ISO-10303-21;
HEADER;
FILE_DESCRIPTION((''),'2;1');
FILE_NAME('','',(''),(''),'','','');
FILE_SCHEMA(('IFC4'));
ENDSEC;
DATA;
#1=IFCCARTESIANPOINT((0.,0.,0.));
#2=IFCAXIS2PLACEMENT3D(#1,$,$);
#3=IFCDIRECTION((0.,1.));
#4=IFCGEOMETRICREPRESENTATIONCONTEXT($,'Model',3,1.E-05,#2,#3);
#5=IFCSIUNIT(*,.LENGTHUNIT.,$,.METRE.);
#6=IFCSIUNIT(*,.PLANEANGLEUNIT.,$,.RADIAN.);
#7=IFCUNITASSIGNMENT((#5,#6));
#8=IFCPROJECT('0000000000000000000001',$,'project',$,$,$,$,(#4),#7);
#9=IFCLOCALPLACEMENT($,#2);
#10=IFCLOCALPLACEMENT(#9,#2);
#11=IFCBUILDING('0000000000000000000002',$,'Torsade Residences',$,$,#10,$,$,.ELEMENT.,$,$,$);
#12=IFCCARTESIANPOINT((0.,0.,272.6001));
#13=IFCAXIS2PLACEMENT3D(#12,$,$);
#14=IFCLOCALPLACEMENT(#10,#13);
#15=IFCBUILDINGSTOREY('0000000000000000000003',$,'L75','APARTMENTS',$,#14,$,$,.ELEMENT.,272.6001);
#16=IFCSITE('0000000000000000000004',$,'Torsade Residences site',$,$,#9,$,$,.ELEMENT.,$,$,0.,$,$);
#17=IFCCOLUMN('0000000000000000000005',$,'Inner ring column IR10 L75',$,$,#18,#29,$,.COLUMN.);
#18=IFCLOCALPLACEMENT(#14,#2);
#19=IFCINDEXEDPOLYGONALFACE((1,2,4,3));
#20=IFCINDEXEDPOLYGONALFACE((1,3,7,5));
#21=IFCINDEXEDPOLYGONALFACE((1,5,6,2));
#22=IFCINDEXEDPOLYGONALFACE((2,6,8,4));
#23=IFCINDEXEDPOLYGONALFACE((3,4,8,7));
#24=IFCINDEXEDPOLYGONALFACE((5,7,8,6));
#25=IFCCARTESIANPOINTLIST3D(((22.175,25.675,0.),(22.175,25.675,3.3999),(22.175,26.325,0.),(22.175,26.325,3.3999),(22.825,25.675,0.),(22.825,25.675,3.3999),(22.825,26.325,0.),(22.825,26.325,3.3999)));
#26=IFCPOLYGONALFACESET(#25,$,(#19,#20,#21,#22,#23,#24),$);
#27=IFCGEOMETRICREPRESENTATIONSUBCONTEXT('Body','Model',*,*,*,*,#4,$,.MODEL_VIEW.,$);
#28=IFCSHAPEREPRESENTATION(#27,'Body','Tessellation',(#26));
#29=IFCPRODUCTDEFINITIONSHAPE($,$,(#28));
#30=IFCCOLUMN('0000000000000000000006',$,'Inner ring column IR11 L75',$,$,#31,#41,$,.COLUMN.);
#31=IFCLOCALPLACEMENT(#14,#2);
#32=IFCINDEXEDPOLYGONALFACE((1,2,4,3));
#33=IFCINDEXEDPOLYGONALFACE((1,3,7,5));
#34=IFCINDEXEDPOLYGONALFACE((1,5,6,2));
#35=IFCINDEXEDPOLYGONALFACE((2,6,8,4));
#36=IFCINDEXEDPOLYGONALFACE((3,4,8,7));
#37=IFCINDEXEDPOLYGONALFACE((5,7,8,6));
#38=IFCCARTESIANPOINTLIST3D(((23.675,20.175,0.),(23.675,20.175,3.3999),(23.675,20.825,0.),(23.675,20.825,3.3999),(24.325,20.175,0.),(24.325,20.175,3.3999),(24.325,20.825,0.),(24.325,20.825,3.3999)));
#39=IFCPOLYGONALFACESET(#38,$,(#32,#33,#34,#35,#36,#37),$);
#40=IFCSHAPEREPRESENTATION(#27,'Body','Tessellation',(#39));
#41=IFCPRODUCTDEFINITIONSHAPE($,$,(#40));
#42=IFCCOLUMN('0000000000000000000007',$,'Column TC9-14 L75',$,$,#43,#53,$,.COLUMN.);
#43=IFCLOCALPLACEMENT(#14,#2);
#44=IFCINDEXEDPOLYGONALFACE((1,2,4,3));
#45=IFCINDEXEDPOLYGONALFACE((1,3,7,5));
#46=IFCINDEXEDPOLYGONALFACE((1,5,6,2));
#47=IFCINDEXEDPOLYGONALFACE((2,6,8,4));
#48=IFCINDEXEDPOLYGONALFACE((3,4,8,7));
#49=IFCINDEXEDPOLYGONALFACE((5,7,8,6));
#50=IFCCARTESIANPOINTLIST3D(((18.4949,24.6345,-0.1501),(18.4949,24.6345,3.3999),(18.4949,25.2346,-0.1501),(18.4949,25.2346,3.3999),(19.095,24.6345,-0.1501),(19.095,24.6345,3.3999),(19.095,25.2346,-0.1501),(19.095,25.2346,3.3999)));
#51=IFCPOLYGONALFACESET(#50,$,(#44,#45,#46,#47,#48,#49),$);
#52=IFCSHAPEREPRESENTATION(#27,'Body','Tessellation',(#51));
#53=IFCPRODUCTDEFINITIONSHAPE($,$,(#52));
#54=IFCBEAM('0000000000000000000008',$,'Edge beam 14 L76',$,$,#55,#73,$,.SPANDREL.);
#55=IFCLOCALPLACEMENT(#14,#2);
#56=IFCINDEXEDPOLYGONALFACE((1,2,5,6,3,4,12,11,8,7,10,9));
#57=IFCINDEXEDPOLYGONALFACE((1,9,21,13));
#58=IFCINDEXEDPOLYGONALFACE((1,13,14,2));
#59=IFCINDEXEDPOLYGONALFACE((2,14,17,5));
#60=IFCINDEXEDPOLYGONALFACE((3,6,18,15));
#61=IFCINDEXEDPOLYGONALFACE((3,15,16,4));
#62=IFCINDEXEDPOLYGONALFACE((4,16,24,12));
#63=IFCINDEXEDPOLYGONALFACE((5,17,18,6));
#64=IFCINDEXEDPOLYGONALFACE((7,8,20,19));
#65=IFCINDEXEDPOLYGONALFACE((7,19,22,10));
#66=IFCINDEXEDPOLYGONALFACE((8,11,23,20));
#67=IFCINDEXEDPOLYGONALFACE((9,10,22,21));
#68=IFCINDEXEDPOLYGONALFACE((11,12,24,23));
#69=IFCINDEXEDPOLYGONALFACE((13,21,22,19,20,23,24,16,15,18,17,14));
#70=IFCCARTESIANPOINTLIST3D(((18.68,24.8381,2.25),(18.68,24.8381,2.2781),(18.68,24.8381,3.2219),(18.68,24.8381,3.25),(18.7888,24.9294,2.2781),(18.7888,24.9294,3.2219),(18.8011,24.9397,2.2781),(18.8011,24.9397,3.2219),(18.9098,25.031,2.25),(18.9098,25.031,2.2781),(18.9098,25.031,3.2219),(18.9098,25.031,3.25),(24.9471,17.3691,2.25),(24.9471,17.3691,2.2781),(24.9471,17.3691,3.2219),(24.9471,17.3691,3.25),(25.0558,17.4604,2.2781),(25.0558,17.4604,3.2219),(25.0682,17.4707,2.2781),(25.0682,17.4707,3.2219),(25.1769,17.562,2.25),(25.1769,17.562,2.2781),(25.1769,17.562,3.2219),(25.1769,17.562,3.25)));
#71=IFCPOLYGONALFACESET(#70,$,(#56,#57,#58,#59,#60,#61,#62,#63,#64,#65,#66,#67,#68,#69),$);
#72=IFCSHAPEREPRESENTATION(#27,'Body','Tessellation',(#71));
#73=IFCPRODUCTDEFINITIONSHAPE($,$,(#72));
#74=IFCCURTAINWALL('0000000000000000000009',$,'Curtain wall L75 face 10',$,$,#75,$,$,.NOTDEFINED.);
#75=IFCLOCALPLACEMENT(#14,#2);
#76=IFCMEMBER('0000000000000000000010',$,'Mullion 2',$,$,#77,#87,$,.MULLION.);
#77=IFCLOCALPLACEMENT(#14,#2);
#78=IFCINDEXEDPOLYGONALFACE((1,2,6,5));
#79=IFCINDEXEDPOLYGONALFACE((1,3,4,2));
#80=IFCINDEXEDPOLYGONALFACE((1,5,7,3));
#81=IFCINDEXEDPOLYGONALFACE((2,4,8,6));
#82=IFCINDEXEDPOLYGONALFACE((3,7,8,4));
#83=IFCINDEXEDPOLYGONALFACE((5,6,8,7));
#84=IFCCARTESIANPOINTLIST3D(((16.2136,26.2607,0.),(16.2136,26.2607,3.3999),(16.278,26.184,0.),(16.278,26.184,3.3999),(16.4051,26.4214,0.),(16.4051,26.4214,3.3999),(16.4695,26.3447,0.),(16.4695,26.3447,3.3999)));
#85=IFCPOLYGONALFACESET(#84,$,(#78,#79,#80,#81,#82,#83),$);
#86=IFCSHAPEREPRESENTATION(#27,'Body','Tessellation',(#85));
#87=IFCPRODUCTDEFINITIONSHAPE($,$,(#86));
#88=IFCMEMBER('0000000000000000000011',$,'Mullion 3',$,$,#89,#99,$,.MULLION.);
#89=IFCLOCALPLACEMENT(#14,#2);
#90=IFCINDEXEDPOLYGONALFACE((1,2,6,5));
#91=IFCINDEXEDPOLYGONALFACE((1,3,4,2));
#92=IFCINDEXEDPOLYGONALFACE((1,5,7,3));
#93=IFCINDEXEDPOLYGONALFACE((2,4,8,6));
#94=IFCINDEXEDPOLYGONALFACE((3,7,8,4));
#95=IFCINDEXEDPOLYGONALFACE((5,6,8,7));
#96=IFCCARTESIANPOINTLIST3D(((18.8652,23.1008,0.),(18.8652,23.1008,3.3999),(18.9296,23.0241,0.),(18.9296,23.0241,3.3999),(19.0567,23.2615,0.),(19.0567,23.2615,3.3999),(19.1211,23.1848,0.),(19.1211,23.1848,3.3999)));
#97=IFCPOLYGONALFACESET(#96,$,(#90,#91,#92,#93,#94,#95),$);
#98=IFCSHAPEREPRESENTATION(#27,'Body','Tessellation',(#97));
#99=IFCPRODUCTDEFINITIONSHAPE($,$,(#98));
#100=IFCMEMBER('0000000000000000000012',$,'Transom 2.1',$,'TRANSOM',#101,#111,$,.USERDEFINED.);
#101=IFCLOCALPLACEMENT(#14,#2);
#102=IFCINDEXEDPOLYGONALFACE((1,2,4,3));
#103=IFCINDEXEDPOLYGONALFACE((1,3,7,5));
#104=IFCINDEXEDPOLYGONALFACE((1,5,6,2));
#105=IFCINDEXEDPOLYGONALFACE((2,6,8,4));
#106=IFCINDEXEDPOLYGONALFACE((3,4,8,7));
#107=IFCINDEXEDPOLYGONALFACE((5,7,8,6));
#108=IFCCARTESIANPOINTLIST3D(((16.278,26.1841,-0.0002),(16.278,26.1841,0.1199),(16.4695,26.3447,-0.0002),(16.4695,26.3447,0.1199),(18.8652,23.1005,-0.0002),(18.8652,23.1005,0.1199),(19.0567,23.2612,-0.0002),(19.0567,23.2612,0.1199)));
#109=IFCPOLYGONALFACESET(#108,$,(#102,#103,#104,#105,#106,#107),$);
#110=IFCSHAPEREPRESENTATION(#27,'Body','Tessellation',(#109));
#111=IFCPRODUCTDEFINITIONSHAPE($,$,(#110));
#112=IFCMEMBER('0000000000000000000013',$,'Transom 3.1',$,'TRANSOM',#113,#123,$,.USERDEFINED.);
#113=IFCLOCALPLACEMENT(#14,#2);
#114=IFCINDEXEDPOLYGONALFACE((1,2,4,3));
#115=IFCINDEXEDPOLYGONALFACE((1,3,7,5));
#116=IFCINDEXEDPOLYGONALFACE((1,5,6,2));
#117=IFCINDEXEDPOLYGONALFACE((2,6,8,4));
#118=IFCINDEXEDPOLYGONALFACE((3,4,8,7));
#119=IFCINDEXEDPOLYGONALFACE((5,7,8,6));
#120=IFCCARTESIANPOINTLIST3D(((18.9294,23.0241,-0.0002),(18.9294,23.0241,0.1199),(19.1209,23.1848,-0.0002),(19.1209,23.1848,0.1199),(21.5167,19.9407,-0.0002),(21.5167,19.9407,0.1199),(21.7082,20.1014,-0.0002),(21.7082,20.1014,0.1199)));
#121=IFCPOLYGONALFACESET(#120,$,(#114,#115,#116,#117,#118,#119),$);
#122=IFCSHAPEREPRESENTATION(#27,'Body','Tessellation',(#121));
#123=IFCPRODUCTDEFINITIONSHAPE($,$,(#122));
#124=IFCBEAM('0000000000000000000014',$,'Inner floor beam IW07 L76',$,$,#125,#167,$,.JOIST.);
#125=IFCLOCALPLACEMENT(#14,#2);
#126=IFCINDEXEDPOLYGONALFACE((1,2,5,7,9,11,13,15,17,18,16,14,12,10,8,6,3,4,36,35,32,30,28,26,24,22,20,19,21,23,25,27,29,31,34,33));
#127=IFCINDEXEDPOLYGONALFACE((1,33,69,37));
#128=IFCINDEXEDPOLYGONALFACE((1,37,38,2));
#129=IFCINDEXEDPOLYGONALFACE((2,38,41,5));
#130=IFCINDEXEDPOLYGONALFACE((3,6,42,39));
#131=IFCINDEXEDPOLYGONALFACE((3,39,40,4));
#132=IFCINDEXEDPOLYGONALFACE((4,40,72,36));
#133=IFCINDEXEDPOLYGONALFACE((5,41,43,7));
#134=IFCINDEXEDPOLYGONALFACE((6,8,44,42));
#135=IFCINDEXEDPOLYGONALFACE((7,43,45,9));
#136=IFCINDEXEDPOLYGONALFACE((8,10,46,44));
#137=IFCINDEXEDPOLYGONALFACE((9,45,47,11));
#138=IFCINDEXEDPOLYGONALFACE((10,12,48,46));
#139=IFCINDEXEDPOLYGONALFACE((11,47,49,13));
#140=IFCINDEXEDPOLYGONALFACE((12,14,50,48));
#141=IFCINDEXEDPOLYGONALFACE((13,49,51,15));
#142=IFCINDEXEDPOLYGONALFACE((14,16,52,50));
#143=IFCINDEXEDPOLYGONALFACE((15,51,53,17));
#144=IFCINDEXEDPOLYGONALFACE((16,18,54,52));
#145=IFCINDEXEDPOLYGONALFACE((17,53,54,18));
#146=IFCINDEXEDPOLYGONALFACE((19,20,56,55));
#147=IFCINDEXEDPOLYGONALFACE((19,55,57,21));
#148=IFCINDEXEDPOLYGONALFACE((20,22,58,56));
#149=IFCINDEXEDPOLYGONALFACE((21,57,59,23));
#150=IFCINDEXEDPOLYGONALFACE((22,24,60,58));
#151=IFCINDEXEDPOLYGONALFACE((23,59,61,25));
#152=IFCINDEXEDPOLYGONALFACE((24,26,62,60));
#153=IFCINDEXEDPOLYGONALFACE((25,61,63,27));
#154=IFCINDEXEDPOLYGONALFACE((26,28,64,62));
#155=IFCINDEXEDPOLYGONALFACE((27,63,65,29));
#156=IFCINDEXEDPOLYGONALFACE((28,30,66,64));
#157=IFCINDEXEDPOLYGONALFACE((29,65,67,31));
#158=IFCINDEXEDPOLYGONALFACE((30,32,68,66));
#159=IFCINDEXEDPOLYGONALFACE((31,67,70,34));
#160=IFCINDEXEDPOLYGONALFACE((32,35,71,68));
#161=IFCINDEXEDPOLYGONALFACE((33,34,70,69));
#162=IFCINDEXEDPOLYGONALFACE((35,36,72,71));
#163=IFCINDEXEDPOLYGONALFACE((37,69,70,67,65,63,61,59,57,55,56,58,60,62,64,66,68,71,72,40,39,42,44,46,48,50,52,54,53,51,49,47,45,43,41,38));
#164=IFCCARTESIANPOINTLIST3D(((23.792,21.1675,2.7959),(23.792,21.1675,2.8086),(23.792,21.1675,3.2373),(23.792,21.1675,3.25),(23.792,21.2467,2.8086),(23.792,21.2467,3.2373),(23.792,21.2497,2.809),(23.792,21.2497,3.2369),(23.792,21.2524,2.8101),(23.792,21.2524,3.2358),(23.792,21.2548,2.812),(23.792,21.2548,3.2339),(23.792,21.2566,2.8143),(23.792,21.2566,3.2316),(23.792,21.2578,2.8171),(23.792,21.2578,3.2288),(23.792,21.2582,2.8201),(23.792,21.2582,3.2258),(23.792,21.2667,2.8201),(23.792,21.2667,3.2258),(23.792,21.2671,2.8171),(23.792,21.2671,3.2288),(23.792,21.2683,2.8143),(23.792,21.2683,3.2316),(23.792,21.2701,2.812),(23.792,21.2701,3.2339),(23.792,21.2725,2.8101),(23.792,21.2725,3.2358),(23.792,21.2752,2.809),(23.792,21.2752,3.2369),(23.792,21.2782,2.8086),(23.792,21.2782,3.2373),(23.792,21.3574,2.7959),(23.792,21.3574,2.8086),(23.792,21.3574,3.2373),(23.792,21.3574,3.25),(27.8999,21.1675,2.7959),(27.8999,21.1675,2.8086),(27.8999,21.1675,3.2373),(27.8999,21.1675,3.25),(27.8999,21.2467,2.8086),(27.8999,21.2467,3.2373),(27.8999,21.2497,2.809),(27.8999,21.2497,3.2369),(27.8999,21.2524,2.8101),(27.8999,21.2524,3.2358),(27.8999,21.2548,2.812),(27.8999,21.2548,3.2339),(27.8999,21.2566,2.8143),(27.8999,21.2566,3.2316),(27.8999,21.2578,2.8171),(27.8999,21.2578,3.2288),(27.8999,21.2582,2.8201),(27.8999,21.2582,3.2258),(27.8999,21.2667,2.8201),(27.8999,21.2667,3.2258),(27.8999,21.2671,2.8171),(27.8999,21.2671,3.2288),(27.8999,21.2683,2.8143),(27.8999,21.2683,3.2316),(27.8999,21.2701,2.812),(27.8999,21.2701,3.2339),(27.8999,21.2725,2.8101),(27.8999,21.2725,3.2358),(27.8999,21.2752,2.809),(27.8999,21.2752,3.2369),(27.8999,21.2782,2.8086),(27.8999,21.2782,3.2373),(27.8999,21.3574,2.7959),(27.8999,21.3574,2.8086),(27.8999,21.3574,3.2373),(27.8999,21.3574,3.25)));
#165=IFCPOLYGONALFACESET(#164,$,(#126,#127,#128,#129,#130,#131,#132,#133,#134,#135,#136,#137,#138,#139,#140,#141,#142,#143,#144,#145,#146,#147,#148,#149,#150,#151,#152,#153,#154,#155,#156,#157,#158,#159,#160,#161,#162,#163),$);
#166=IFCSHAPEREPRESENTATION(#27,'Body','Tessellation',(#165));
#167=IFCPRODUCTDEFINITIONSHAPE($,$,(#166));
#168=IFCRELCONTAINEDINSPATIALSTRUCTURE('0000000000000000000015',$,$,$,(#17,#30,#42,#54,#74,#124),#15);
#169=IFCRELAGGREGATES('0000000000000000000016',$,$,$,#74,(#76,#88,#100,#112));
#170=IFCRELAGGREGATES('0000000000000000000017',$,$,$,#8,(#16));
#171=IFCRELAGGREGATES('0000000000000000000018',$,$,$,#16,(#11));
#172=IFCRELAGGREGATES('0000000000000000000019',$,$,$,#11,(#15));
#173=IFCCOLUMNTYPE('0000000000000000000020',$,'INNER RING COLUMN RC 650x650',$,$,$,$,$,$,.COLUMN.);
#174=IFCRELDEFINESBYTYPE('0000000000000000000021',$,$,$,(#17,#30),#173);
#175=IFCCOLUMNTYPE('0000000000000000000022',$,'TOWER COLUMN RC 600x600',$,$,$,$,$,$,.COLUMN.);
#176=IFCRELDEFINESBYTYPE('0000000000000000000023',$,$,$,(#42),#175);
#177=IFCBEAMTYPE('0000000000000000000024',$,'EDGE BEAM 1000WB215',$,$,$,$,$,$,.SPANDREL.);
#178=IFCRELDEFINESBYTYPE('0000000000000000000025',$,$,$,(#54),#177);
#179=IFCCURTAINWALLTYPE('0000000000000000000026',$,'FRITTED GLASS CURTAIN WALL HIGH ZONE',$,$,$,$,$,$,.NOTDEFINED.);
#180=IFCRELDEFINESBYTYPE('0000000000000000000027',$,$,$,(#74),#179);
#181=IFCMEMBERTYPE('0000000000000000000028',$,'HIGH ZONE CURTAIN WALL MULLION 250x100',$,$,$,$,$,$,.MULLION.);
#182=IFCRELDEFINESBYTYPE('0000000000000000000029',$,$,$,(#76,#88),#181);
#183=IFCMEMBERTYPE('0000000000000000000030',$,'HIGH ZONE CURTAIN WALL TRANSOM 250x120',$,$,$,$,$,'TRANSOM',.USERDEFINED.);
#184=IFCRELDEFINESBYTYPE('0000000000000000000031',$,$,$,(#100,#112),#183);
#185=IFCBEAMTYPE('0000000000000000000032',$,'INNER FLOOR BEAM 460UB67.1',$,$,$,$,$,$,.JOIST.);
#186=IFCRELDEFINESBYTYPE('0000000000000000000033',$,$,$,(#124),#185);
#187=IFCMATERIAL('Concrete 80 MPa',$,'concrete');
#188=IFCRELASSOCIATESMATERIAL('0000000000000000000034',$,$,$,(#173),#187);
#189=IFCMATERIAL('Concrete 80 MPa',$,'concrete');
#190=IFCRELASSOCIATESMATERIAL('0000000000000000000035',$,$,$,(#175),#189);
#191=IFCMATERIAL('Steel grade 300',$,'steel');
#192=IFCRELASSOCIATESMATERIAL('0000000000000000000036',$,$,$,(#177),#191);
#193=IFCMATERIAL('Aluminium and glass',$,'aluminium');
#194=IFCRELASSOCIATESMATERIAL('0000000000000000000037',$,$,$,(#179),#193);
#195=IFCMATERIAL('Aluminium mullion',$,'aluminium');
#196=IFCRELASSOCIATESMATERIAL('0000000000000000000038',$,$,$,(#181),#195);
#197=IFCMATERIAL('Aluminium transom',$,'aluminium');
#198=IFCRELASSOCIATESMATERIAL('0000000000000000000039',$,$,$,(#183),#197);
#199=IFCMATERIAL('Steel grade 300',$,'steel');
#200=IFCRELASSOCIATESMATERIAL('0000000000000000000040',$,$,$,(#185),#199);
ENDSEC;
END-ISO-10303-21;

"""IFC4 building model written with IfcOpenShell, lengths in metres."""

from ifc_helpers import new_model, si_unit, direction, frame, origin, origin_2d, place, context, subcontext, project, spatial, rectangle, i_section, extrude, material, material_profile, profile_set, type_object, element, aggregate, save


model = new_model("IFC4")

# Units and contexts
model_context = context("Model", 3, precision=1e-05, world=origin(), true_north=direction((0.0, 1.0)))
body_context = subcontext(model_context, "Body", "Model", "MODEL_VIEW")
ifc_project = project(units=[si_unit("LENGTHUNIT", "METRE"), si_unit("PLANEANGLEUNIT", "RADIAN")], contexts=[model_context])

# Site, building, storey
site_placement = place(None, origin())
site = spatial("IfcSite", under=ifc_project, at=site_placement, Name="Torsade Residences site", CompositionType="ELEMENT", RefElevation=0.0)
building_placement = place(site_placement, origin())
building = spatial("IfcBuilding", under=site, at=building_placement, Name="Torsade Residences", CompositionType="ELEMENT")
storey_placement = place(building_placement, frame((0.0, 0.0, 272.6001)))
storey = spatial("IfcBuildingStorey", under=building, at=storey_placement, Name="L75", Description="APARTMENTS", CompositionType="ELEMENT", Elevation=272.6001)

# Columns
ifc_material_1 = material(Name="Concrete 80 MPa", Category="concrete")
ifc_material_profile_1 = material_profile(ifc_material_1, rectangle(XDim=0.6499, YDim=0.6499, at=origin_2d()), Name="RC 650x650")
ifc_profile_set_1 = profile_set([ifc_material_profile_1], Name="Concrete 80 MPa")
column_type_1 = type_object("IfcColumnType", Name="INNER RING COLUMN RC 650x650", PredefinedType="COLUMN", material=ifc_profile_set_1)
for number, where, z_axis, x_axis, name in (
    (1, (22.5, 26.0, 0.0), (0.0, 0.0, 1.0), (1.0, 0.0, 0.0), "Inner ring column IR10 L75"),
    (2, (24.0, 20.5, 0.0), (0.0, 0.0, 1.0), (1.0, 0.0, 0.0), "Inner ring column IR11 L75"),
):
    element("IfcColumn", number, at=place(storey_placement, frame(where, z_axis=z_axis, x_axis=x_axis)), inside=storey, type_object=column_type_1, Name=name, PredefinedType="COLUMN", context=body_context, shape_type="SweptSolid", body=[
        extrude(rectangle(XDim=0.6499, YDim=0.6499, at=origin_2d()), origin(), (0.0, 0.0, 1.0), 3.3999),
    ])
ifc_material_2 = material(Name="Concrete 80 MPa", Category="concrete")
ifc_material_profile_2 = material_profile(ifc_material_2, rectangle(XDim=0.6001, YDim=0.6001, at=origin_2d()), Name="RC 600x600")
ifc_profile_set_2 = profile_set([ifc_material_profile_2], Name="Concrete 80 MPa")
column_type_2 = type_object("IfcColumnType", Name="TOWER COLUMN RC 600x600", PredefinedType="COLUMN", material=ifc_profile_set_2)
column_placement = place(storey_placement, frame((18.7949, 24.9346, -0.1501), z_axis=(0.0, 0.0, 1.0), x_axis=(1.0, 0.0, 0.0)))
element("IfcColumn", 3, at=column_placement, inside=storey, type_object=column_type_2, Name="Column TC9-14 L75", PredefinedType="COLUMN", context=body_context, shape_type="SweptSolid", body=[
    extrude(rectangle(XDim=0.6001, YDim=0.6001, at=origin_2d()), origin(), (0.0, 0.0, 1.0), 3.55),
])

# Beam
ifc_material_3 = material(Name="Steel grade 300", Category="steel")
ifc_material_profile_3 = material_profile(ifc_material_3, i_section(OverallWidth=0.3, OverallDepth=1.0, WebThickness=0.0161, FlangeThickness=0.0281, at=origin_2d()), Name="1000WB215")
ifc_profile_set_3 = profile_set([ifc_material_profile_3], Name="Steel grade 300")
beam_type_1 = type_object("IfcBeamType", Name="EDGE BEAM 1000WB215", PredefinedType="SPANDREL", material=ifc_profile_set_3)
beam_1_placement = place(storey_placement, frame((18.7949, 24.9346, 2.75), z_axis=(0.642779, -0.766052, 0.0), x_axis=(0.766052, 0.642779, 0.0)))
element("IfcBeam", 4, at=beam_1_placement, inside=storey, type_object=beam_type_1, Name="Edge beam 14 L76", PredefinedType="SPANDREL", context=body_context, shape_type="SweptSolid", body=[
    extrude(i_section(OverallWidth=0.3, OverallDepth=1.0, WebThickness=0.0161, FlangeThickness=0.0281, at=origin_2d()), origin(), (0.0, 0.0, 1.0), 9.75),
])

# Curtain wall, members
ifc_material_4 = material(Name="Aluminium and glass", Category="aluminium")
curtain_wall_type = type_object("IfcCurtainWallType", Name="FRITTED GLASS CURTAIN WALL HIGH ZONE", PredefinedType="NOTDEFINED", material=ifc_material_4)
curtain_wall_placement = place(storey_placement, origin())
curtain_wall = element("IfcCurtainWall", 5, at=curtain_wall_placement, inside=storey, type_object=curtain_wall_type, Name="Curtain wall L75 face 10", PredefinedType="NOTDEFINED")
ifc_material_5 = material(Name="Aluminium mullion", Category="aluminium")
ifc_material_profile_4 = material_profile(ifc_material_5, rectangle(XDim=0.25, YDim=0.1001, at=origin_2d()), Name="HIGH ZONE CURTAIN WALL MULLION 250x100")
ifc_profile_set_4 = profile_set([ifc_material_profile_4], Name="Aluminium mullion")
member_type_1 = type_object("IfcMemberType", Name="HIGH ZONE CURTAIN WALL MULLION 250x100", PredefinedType="MULLION", material=ifc_profile_set_4)
member_1_placement = place(storey_placement, frame((16.3416, 26.3027, 0.0), z_axis=(0.0, 0.0, 1.0), x_axis=(0.766044, 0.642788, 0.0)))
member_1 = element("IfcMember", 6, at=member_1_placement, type_object=member_type_1, Name="Mullion 2", PredefinedType="MULLION", context=body_context, shape_type="SweptSolid", body=[
    extrude(rectangle(XDim=0.25, YDim=0.1001, at=origin_2d()), origin(), (0.0, 0.0, 1.0), 3.3999),
])
member_2_placement = place(storey_placement, frame((18.9932, 23.1428, 0.0), z_axis=(0.0, 0.0, 1.0), x_axis=(0.766044, 0.642788, 0.0)))
member_2 = element("IfcMember", 7, at=member_2_placement, type_object=member_type_1, Name="Mullion 3", PredefinedType="MULLION", context=body_context, shape_type="SweptSolid", body=[
    extrude(rectangle(XDim=0.25, YDim=0.1001, at=origin_2d()), origin(), (0.0, 0.0, 1.0), 3.3999),
])
ifc_material_6 = material(Name="Aluminium transom", Category="aluminium")
ifc_material_profile_5 = material_profile(ifc_material_6, rectangle(XDim=0.25, YDim=0.1201, at=origin_2d()), Name="HIGH ZONE CURTAIN WALL TRANSOM 250x120")
ifc_profile_set_5 = profile_set([ifc_material_profile_5], Name="Aluminium transom")
member_type_2 = type_object("IfcMemberType", Name="HIGH ZONE CURTAIN WALL TRANSOM 250x120", ElementType="TRANSOM", PredefinedType="USERDEFINED", material=ifc_profile_set_5)
member_3_placement = place(storey_placement, frame((16.3738, 26.2644, 0.0598), z_axis=(0.642758, -0.766069, 0.0), x_axis=(0.766069, 0.642758, 0.0)))
member_3 = element("IfcMember", 8, at=member_3_placement, type_object=member_type_2, Name="Transom 2.1", ObjectType="TRANSOM", PredefinedType="USERDEFINED", context=body_context, shape_type="SweptSolid", body=[
    extrude(rectangle(XDim=0.25, YDim=0.1201, at=origin_2d()), origin(), (0.0, 0.0, 1.0), 4.0251),
])
member_4_placement = place(storey_placement, frame((19.0251, 23.1045, 0.0598), z_axis=(0.642794, -0.766039, 0.0), x_axis=(0.766039, 0.642794, 0.0)))
member_4 = element("IfcMember", 9, at=member_4_placement, type_object=member_type_2, Name="Transom 3.1", ObjectType="TRANSOM", PredefinedType="USERDEFINED", context=body_context, shape_type="SweptSolid", body=[
    extrude(rectangle(XDim=0.25, YDim=0.1201, at=origin_2d()), origin(), (0.0, 0.0, 1.0), 4.0251),
])

# Beam
ifc_material_7 = material(Name="Steel grade 300", Category="steel")
ifc_material_profile_6 = material_profile(ifc_material_7, i_section(OverallWidth=0.1899, OverallDepth=0.4541, WebThickness=0.0085, FlangeThickness=0.0127, FilletRadius=0.0115, at=origin_2d()), Name="460UB67.1")
ifc_profile_set_6 = profile_set([ifc_material_profile_6], Name="Steel grade 300")
beam_type_2 = type_object("IfcBeamType", Name="INNER FLOOR BEAM 460UB67.1", PredefinedType="JOIST", material=ifc_profile_set_6)
beam_2_placement = place(storey_placement, frame((27.8999, 21.2625, 3.0229), z_axis=(-1.0, 0.0, 0.0), x_axis=(0.0, -1.0, 0.0)))
element("IfcBeam", 10, at=beam_2_placement, inside=storey, type_object=beam_type_2, Name="Inner floor beam IW07 L76", PredefinedType="JOIST", context=body_context, shape_type="SweptSolid", body=[
    extrude(i_section(OverallWidth=0.1899, OverallDepth=0.4541, WebThickness=0.0085, FlangeThickness=0.0127, FilletRadius=0.0115, at=origin_2d()), origin(), (0.0, 0.0, 1.0), 4.1079),
])

aggregate(curtain_wall, [member_1, member_2, member_3, member_4])

save(model, "model.ifc")
